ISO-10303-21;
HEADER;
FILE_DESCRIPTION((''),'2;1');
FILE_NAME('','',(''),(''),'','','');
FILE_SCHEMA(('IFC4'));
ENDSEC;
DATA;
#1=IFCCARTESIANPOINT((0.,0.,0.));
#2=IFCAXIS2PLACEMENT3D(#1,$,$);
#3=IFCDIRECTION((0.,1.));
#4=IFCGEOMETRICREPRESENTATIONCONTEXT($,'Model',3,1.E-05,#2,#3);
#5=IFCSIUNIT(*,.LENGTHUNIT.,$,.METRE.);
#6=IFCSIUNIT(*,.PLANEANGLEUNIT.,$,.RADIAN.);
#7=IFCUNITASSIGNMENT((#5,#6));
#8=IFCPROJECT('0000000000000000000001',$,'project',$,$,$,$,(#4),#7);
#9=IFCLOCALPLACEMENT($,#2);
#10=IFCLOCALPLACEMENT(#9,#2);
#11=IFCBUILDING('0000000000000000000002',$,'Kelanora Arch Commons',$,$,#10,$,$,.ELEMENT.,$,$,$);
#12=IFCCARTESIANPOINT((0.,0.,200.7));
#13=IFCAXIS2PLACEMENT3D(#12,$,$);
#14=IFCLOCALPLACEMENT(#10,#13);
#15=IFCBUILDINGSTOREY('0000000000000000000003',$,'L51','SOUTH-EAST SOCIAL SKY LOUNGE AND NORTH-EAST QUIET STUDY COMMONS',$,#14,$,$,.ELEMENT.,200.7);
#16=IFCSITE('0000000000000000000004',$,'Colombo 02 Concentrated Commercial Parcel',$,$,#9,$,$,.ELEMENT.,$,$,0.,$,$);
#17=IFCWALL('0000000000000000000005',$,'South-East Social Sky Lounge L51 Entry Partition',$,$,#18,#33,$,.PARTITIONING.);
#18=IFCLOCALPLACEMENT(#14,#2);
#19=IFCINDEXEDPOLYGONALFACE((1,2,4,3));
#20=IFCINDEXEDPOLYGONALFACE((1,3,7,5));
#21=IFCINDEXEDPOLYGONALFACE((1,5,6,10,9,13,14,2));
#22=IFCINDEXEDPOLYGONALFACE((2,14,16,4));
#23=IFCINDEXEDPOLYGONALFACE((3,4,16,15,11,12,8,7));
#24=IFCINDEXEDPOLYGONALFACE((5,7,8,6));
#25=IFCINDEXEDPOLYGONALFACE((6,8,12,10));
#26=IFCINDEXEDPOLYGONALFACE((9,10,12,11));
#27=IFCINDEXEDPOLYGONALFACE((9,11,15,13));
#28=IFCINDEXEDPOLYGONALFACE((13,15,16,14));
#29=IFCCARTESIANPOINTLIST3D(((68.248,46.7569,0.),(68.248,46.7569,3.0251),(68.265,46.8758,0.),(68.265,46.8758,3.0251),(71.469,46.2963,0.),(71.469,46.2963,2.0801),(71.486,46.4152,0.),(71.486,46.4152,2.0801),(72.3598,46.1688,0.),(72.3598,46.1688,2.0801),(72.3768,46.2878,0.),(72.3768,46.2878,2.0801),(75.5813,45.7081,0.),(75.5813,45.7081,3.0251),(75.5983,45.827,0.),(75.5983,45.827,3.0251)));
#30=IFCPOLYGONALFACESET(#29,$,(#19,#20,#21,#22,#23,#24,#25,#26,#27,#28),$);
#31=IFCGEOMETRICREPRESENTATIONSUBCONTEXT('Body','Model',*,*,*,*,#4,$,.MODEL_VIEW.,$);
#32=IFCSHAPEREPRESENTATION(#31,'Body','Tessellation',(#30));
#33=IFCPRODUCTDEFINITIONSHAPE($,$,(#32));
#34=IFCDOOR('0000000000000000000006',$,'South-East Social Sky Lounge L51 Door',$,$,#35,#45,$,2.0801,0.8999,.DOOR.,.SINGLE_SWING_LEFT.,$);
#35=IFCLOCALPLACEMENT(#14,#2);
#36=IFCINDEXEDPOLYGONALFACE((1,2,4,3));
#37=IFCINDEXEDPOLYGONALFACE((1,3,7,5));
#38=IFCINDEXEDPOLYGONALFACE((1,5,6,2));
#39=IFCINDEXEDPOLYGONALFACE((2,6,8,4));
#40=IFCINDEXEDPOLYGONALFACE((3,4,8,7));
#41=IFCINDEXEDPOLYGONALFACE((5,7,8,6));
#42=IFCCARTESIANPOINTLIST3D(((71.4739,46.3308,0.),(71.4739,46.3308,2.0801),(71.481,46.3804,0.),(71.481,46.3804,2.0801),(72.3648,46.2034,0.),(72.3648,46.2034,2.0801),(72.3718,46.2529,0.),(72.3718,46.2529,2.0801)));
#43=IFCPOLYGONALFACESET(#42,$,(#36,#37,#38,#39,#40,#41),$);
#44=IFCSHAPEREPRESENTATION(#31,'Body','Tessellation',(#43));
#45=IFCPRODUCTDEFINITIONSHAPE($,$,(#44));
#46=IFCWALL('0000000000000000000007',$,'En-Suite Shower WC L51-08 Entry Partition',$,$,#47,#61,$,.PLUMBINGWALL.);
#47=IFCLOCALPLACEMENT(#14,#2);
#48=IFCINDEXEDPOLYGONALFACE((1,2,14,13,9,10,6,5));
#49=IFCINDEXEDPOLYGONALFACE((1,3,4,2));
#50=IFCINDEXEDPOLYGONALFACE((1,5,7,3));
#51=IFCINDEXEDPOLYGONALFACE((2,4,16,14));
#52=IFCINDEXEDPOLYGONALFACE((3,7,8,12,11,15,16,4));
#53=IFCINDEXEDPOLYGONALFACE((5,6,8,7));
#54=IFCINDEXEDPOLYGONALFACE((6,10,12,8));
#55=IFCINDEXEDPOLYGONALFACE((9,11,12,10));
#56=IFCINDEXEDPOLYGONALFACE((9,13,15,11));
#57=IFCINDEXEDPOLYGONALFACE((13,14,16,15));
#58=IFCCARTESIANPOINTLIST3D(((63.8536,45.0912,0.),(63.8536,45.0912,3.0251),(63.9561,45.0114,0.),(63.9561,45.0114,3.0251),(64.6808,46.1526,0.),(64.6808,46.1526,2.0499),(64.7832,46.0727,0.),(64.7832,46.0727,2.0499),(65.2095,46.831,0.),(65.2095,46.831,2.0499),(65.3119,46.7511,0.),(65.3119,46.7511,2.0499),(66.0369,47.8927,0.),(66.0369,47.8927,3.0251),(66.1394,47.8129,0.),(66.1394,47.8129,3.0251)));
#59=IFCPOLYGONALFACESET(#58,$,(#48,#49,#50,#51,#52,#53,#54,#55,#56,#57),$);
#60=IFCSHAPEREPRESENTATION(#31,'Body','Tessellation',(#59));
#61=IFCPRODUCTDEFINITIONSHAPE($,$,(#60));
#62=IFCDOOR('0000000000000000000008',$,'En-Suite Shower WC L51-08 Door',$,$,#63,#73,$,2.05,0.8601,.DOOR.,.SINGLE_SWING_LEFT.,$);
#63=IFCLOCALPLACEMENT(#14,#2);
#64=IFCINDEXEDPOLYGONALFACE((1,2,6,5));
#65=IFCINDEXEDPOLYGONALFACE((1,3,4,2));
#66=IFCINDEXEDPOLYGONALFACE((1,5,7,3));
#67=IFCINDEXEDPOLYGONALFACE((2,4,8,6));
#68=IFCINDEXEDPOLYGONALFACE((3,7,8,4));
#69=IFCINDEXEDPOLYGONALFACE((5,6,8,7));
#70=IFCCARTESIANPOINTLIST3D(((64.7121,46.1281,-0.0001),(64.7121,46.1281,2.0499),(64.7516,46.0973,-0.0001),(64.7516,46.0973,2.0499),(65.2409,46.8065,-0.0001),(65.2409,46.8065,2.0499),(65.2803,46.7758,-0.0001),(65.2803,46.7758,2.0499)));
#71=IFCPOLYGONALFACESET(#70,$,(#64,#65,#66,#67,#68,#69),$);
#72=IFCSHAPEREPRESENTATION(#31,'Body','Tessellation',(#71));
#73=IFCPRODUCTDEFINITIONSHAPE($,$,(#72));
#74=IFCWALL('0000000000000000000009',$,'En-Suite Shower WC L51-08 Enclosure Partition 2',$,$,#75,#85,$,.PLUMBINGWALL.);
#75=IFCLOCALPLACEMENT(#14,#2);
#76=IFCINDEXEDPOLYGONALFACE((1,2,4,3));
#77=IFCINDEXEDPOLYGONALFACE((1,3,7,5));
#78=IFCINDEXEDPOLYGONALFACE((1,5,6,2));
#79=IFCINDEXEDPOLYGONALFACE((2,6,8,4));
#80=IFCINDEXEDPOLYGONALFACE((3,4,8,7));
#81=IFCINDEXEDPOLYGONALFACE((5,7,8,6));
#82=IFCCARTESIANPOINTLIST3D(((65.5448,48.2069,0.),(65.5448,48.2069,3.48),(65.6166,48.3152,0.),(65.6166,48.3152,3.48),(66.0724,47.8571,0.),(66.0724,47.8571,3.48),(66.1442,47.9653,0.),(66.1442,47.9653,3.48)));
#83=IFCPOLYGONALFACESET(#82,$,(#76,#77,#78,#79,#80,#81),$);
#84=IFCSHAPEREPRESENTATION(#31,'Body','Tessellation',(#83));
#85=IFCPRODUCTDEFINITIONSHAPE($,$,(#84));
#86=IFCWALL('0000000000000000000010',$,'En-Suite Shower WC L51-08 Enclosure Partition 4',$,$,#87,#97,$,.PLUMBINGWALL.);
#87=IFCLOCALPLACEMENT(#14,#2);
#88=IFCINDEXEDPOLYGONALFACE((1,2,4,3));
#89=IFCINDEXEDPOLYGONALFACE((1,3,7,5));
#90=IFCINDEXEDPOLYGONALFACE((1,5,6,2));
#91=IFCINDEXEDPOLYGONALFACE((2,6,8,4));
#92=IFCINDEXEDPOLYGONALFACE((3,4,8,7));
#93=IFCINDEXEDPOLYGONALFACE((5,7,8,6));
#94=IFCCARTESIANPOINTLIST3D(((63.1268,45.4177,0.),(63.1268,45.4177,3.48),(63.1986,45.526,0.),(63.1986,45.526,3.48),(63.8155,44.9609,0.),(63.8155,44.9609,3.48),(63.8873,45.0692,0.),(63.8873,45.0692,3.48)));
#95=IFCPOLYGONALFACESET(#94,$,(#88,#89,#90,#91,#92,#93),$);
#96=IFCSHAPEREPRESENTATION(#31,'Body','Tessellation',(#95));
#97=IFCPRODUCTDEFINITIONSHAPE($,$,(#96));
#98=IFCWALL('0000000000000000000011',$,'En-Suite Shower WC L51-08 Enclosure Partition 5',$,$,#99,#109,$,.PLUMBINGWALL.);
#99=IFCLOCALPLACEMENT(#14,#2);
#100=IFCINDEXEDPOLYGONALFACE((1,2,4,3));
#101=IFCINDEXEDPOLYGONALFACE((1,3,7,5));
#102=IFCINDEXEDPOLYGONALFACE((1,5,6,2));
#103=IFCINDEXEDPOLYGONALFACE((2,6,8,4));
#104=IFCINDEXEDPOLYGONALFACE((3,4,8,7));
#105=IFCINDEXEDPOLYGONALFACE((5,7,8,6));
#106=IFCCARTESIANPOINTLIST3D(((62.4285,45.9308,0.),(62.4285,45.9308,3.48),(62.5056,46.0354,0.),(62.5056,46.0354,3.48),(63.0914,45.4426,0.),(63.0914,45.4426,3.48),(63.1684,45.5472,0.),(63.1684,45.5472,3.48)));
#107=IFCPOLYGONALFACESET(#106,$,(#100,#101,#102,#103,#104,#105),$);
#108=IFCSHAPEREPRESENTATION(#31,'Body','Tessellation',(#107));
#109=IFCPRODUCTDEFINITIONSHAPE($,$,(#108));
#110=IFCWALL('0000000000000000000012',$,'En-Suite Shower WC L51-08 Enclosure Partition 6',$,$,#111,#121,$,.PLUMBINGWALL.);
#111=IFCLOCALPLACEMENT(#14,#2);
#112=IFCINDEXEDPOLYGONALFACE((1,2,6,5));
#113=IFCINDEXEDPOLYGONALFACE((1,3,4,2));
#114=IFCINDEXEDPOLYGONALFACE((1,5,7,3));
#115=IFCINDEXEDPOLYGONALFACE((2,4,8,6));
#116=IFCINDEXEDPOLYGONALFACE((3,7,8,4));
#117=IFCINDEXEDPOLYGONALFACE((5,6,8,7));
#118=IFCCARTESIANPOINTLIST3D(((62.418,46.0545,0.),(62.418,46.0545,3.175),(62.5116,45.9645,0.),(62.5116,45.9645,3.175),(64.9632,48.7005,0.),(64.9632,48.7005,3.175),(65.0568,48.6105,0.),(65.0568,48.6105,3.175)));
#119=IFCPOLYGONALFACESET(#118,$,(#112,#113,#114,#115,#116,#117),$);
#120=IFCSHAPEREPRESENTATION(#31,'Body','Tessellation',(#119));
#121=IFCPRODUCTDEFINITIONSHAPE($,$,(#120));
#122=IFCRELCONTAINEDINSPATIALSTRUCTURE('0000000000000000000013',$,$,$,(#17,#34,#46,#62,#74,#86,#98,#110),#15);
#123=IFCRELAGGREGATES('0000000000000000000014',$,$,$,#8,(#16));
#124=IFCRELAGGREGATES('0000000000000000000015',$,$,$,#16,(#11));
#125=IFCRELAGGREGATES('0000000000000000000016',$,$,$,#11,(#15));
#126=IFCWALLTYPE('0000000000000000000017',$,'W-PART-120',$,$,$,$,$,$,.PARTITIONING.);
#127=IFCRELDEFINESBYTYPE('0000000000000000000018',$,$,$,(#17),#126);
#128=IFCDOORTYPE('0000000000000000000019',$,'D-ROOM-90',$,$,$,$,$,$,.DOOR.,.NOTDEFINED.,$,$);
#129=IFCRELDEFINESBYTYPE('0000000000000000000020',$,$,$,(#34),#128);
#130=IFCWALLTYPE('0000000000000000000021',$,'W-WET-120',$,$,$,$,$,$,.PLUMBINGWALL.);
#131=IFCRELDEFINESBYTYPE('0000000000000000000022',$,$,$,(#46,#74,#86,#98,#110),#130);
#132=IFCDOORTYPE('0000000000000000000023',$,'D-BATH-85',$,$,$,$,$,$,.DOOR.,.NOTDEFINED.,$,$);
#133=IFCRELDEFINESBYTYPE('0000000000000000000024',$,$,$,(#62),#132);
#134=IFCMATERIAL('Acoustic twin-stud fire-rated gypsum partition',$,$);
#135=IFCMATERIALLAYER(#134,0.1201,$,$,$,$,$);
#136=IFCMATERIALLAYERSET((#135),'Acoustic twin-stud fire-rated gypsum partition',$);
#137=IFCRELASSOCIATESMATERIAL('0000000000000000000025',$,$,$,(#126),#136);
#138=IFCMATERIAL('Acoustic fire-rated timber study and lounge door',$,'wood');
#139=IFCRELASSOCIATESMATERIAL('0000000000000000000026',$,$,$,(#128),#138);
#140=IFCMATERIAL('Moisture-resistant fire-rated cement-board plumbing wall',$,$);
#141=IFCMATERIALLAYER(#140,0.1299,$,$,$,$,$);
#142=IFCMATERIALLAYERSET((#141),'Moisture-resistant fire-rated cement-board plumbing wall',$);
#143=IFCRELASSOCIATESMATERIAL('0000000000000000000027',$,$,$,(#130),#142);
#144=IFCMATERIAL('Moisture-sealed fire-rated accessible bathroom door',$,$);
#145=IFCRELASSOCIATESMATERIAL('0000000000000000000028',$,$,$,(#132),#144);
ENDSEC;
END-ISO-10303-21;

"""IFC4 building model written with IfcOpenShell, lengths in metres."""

from ifc_helpers import new_model, si_unit, direction, frame, frame_2d, origin, place, context, subcontext, project, spatial, rectangle, extrude, material, layer, layer_set, type_object, element, fill, save


model = new_model("IFC4")

# Units and contexts
model_context = context("Model", 3, precision=1e-05, world=origin(), true_north=direction((0.0, 1.0)))
body_context = subcontext(model_context, "Body", "Model", "MODEL_VIEW")
ifc_project = project(units=[si_unit("LENGTHUNIT", "METRE"), si_unit("PLANEANGLEUNIT", "RADIAN")], contexts=[model_context])

# Site, building, storey
site_placement = place(None, origin())
site = spatial("IfcSite", under=ifc_project, at=site_placement, Name="Colombo 02 Concentrated Commercial Parcel", CompositionType="ELEMENT", RefElevation=0.0)
building_placement = place(site_placement, origin())
building = spatial("IfcBuilding", under=site, at=building_placement, Name="Kelanora Arch Commons", CompositionType="ELEMENT")
storey_placement = place(building_placement, frame((0.0, 0.0, 200.7)))
storey = spatial("IfcBuildingStorey", under=building, at=storey_placement, Name="L51", Description="SOUTH-EAST SOCIAL SKY LOUNGE AND NORTH-EAST QUIET STUDY COMMONS", CompositionType="ELEMENT", Elevation=200.7)

# Walls, openings, doors
ifc_material_1 = material(Name="Acoustic twin-stud fire-rated gypsum partition")
ifc_layer_1 = layer(ifc_material_1, 0.1201)
ifc_layer_set_1 = layer_set([ifc_layer_1], Name="Acoustic twin-stud fire-rated gypsum partition")
wall_type_1 = type_object("IfcWallType", Name="W-PART-120", PredefinedType="PARTITIONING", material=ifc_layer_set_1)
wall_1_placement = place(storey_placement, frame((68.2563, 46.8164, 0.0), z_axis=(0.0, 0.0, 1.0), x_axis=(0.989926, -0.141583, 0.0)))
wall_1 = element("IfcWall", 1, at=wall_1_placement, inside=storey, type_object=wall_type_1, Name="South-East Social Sky Lounge L51 Entry Partition", PredefinedType="PARTITIONING", context=body_context, shape_type="SweptSolid", body=[
    extrude(rectangle(XDim=7.408, YDim=0.1201, at=frame_2d((3.7041, 0.0))), origin(), (0.0, 0.0, 1.0), 3.0251),
])
opening_1_placement = place(wall_1_placement, frame((3.2539, 0.0, 0.0)))
opening_1 = element("IfcOpeningElement", 2, at=opening_1_placement, cuts=wall_1, PredefinedType="OPENING", context=body_context, shape_type="SweptSolid", body=[
    extrude(rectangle(XDim=0.8999, YDim=2.0801, at=frame_2d((0.45, 1.04))), frame((0.0, 0.0701, 0.0), z_axis=(0.0, -1.0, 0.0), x_axis=(1.0, 0.0, 0.0)), (0.0, 0.0, 1.0), 0.1401),
])
ifc_material_2 = material(Name="Acoustic fire-rated timber study and lounge door", Category="wood")
door_type_1 = type_object("IfcDoorType", Name="D-ROOM-90", OperationType="NOTDEFINED", PredefinedType="DOOR", material=ifc_material_2)
door_1_placement = place(opening_1_placement, origin())
door_1 = element("IfcDoor", 3, at=door_1_placement, inside=storey, type_object=door_type_1, Name="South-East Social Sky Lounge L51 Door", OperationType="SINGLE_SWING_LEFT", OverallHeight=2.0801, OverallWidth=0.8999, PredefinedType="DOOR", context=body_context, shape_type="SweptSolid", body=[
    extrude(rectangle(XDim=0.8999, YDim=2.0801, at=frame_2d((0.45, 1.04))), frame((0.0, 0.0249, 0.0), z_axis=(0.0, -1.0, 0.0), x_axis=(1.0, 0.0, 0.0)), (0.0, 0.0, 1.0), 0.05),
])
fill(opening_1, door_1)
ifc_material_3 = material(Name="Moisture-resistant fire-rated cement-board plumbing wall")
ifc_layer_2 = layer(ifc_material_3, 0.1299)
ifc_layer_set_2 = layer_set([ifc_layer_2], Name="Moisture-resistant fire-rated cement-board plumbing wall")
wall_type_2 = type_object("IfcWallType", Name="W-WET-120", PredefinedType="PLUMBINGWALL", material=ifc_layer_set_2)
wall_2_placement = place(storey_placement, frame((66.0881, 47.8528, 0.0), z_axis=(0.0, 0.0, 1.0), x_axis=(-0.614711, -0.788752, 0.0)))
wall_2 = element("IfcWall", 4, at=wall_2_placement, inside=storey, type_object=wall_type_2, Name="En-Suite Shower WC L51-08 Entry Partition", PredefinedType="PLUMBINGWALL", context=body_context, shape_type="SweptSolid", body=[
    extrude(rectangle(XDim=3.5518, YDim=0.1299, at=frame_2d((1.7759, 0.0))), origin(), (0.0, 0.0, 1.0), 3.0251),
])
opening_2_placement = place(wall_2_placement, frame((1.3459, 0.0, 0.0)))
opening_2 = element("IfcOpeningElement", 5, at=opening_2_placement, cuts=wall_2, PredefinedType="OPENING", context=body_context, shape_type="SweptSolid", body=[
    extrude(rectangle(XDim=0.8601, YDim=2.05, at=frame_2d((0.4302, 1.0249))), frame((0.0, 0.075, 0.0), z_axis=(0.0, -1.0, 0.0), x_axis=(1.0, 0.0, 0.0)), (0.0, 0.0, 1.0), 0.1499),
])
ifc_material_4 = material(Name="Moisture-sealed fire-rated accessible bathroom door")
door_type_2 = type_object("IfcDoorType", Name="D-BATH-85", OperationType="NOTDEFINED", PredefinedType="DOOR", material=ifc_material_4)
door_2_placement = place(opening_2_placement, origin())
door_2 = element("IfcDoor", 6, at=door_2_placement, inside=storey, type_object=door_type_2, Name="En-Suite Shower WC L51-08 Door", OperationType="SINGLE_SWING_LEFT", OverallHeight=2.05, OverallWidth=0.8601, PredefinedType="DOOR", context=body_context, shape_type="SweptSolid", body=[
    extrude(rectangle(XDim=0.8601, YDim=2.05, at=frame_2d((0.4302, 1.0249))), frame((0.0, 0.0249, 0.0), z_axis=(0.0, -1.0, 0.0), x_axis=(1.0, 0.0, 0.0)), (0.0, 0.0, 1.0), 0.05),
])
fill(opening_2, door_2)

# Walls
wall_3_placement = place(storey_placement, frame((65.5808, 48.261, 0.0), z_axis=(0.0, 0.0, 1.0), x_axis=(0.833412, -0.552652, 0.0)))
element("IfcWall", 7, at=wall_3_placement, inside=storey, type_object=wall_type_2, Name="En-Suite Shower WC L51-08 Enclosure Partition 2", PredefinedType="PLUMBINGWALL", context=body_context, shape_type="SweptSolid", body=[
    extrude(rectangle(XDim=0.6331, YDim=0.1299, at=frame_2d((0.3164, 0.0))), origin(), (0.0, 0.0, 1.0), 3.48),
])
wall_4_placement = place(storey_placement, frame((63.8513, 45.0151, 0.0), z_axis=(0.0, 0.0, 1.0), x_axis=(-0.833366, 0.552722, 0.0)))
element("IfcWall", 8, at=wall_4_placement, inside=storey, type_object=wall_type_2, Name="En-Suite Shower WC L51-08 Enclosure Partition 4", PredefinedType="PLUMBINGWALL", context=body_context, shape_type="SweptSolid", body=[
    extrude(rectangle(XDim=0.8264, YDim=0.1299, at=frame_2d((0.4131, 0.0))), origin(), (0.0, 0.0, 1.0), 3.48),
])
wall_5_placement = place(storey_placement, frame((63.1299, 45.4949, 0.0), z_axis=(0.0, 0.0, 1.0), x_axis=(-0.80513, 0.593098, 0.0)))
element("IfcWall", 9, at=wall_5_placement, inside=storey, type_object=wall_type_2, Name="En-Suite Shower WC L51-08 Enclosure Partition 5", PredefinedType="PLUMBINGWALL", context=body_context, shape_type="SweptSolid", body=[
    extrude(rectangle(XDim=0.8232, YDim=0.1299, at=frame_2d((0.4116, 0.0))), origin(), (0.0, 0.0, 1.0), 3.48),
])
wall_6_placement = place(storey_placement, frame((62.4648, 46.0095, 0.0), z_axis=(0.0, 0.0, 1.0), x_axis=(0.693242, 0.720705, 0.0)))
element("IfcWall", 10, at=wall_6_placement, inside=storey, type_object=wall_type_2, Name="En-Suite Shower WC L51-08 Enclosure Partition 6", PredefinedType="PLUMBINGWALL", context=body_context, shape_type="SweptSolid", body=[
    extrude(rectangle(XDim=3.6714, YDim=0.1299, at=frame_2d((1.8357, 0.0))), origin(), (0.0, 0.0, 1.0), 3.175),
])

save(model, "model.ifc")
